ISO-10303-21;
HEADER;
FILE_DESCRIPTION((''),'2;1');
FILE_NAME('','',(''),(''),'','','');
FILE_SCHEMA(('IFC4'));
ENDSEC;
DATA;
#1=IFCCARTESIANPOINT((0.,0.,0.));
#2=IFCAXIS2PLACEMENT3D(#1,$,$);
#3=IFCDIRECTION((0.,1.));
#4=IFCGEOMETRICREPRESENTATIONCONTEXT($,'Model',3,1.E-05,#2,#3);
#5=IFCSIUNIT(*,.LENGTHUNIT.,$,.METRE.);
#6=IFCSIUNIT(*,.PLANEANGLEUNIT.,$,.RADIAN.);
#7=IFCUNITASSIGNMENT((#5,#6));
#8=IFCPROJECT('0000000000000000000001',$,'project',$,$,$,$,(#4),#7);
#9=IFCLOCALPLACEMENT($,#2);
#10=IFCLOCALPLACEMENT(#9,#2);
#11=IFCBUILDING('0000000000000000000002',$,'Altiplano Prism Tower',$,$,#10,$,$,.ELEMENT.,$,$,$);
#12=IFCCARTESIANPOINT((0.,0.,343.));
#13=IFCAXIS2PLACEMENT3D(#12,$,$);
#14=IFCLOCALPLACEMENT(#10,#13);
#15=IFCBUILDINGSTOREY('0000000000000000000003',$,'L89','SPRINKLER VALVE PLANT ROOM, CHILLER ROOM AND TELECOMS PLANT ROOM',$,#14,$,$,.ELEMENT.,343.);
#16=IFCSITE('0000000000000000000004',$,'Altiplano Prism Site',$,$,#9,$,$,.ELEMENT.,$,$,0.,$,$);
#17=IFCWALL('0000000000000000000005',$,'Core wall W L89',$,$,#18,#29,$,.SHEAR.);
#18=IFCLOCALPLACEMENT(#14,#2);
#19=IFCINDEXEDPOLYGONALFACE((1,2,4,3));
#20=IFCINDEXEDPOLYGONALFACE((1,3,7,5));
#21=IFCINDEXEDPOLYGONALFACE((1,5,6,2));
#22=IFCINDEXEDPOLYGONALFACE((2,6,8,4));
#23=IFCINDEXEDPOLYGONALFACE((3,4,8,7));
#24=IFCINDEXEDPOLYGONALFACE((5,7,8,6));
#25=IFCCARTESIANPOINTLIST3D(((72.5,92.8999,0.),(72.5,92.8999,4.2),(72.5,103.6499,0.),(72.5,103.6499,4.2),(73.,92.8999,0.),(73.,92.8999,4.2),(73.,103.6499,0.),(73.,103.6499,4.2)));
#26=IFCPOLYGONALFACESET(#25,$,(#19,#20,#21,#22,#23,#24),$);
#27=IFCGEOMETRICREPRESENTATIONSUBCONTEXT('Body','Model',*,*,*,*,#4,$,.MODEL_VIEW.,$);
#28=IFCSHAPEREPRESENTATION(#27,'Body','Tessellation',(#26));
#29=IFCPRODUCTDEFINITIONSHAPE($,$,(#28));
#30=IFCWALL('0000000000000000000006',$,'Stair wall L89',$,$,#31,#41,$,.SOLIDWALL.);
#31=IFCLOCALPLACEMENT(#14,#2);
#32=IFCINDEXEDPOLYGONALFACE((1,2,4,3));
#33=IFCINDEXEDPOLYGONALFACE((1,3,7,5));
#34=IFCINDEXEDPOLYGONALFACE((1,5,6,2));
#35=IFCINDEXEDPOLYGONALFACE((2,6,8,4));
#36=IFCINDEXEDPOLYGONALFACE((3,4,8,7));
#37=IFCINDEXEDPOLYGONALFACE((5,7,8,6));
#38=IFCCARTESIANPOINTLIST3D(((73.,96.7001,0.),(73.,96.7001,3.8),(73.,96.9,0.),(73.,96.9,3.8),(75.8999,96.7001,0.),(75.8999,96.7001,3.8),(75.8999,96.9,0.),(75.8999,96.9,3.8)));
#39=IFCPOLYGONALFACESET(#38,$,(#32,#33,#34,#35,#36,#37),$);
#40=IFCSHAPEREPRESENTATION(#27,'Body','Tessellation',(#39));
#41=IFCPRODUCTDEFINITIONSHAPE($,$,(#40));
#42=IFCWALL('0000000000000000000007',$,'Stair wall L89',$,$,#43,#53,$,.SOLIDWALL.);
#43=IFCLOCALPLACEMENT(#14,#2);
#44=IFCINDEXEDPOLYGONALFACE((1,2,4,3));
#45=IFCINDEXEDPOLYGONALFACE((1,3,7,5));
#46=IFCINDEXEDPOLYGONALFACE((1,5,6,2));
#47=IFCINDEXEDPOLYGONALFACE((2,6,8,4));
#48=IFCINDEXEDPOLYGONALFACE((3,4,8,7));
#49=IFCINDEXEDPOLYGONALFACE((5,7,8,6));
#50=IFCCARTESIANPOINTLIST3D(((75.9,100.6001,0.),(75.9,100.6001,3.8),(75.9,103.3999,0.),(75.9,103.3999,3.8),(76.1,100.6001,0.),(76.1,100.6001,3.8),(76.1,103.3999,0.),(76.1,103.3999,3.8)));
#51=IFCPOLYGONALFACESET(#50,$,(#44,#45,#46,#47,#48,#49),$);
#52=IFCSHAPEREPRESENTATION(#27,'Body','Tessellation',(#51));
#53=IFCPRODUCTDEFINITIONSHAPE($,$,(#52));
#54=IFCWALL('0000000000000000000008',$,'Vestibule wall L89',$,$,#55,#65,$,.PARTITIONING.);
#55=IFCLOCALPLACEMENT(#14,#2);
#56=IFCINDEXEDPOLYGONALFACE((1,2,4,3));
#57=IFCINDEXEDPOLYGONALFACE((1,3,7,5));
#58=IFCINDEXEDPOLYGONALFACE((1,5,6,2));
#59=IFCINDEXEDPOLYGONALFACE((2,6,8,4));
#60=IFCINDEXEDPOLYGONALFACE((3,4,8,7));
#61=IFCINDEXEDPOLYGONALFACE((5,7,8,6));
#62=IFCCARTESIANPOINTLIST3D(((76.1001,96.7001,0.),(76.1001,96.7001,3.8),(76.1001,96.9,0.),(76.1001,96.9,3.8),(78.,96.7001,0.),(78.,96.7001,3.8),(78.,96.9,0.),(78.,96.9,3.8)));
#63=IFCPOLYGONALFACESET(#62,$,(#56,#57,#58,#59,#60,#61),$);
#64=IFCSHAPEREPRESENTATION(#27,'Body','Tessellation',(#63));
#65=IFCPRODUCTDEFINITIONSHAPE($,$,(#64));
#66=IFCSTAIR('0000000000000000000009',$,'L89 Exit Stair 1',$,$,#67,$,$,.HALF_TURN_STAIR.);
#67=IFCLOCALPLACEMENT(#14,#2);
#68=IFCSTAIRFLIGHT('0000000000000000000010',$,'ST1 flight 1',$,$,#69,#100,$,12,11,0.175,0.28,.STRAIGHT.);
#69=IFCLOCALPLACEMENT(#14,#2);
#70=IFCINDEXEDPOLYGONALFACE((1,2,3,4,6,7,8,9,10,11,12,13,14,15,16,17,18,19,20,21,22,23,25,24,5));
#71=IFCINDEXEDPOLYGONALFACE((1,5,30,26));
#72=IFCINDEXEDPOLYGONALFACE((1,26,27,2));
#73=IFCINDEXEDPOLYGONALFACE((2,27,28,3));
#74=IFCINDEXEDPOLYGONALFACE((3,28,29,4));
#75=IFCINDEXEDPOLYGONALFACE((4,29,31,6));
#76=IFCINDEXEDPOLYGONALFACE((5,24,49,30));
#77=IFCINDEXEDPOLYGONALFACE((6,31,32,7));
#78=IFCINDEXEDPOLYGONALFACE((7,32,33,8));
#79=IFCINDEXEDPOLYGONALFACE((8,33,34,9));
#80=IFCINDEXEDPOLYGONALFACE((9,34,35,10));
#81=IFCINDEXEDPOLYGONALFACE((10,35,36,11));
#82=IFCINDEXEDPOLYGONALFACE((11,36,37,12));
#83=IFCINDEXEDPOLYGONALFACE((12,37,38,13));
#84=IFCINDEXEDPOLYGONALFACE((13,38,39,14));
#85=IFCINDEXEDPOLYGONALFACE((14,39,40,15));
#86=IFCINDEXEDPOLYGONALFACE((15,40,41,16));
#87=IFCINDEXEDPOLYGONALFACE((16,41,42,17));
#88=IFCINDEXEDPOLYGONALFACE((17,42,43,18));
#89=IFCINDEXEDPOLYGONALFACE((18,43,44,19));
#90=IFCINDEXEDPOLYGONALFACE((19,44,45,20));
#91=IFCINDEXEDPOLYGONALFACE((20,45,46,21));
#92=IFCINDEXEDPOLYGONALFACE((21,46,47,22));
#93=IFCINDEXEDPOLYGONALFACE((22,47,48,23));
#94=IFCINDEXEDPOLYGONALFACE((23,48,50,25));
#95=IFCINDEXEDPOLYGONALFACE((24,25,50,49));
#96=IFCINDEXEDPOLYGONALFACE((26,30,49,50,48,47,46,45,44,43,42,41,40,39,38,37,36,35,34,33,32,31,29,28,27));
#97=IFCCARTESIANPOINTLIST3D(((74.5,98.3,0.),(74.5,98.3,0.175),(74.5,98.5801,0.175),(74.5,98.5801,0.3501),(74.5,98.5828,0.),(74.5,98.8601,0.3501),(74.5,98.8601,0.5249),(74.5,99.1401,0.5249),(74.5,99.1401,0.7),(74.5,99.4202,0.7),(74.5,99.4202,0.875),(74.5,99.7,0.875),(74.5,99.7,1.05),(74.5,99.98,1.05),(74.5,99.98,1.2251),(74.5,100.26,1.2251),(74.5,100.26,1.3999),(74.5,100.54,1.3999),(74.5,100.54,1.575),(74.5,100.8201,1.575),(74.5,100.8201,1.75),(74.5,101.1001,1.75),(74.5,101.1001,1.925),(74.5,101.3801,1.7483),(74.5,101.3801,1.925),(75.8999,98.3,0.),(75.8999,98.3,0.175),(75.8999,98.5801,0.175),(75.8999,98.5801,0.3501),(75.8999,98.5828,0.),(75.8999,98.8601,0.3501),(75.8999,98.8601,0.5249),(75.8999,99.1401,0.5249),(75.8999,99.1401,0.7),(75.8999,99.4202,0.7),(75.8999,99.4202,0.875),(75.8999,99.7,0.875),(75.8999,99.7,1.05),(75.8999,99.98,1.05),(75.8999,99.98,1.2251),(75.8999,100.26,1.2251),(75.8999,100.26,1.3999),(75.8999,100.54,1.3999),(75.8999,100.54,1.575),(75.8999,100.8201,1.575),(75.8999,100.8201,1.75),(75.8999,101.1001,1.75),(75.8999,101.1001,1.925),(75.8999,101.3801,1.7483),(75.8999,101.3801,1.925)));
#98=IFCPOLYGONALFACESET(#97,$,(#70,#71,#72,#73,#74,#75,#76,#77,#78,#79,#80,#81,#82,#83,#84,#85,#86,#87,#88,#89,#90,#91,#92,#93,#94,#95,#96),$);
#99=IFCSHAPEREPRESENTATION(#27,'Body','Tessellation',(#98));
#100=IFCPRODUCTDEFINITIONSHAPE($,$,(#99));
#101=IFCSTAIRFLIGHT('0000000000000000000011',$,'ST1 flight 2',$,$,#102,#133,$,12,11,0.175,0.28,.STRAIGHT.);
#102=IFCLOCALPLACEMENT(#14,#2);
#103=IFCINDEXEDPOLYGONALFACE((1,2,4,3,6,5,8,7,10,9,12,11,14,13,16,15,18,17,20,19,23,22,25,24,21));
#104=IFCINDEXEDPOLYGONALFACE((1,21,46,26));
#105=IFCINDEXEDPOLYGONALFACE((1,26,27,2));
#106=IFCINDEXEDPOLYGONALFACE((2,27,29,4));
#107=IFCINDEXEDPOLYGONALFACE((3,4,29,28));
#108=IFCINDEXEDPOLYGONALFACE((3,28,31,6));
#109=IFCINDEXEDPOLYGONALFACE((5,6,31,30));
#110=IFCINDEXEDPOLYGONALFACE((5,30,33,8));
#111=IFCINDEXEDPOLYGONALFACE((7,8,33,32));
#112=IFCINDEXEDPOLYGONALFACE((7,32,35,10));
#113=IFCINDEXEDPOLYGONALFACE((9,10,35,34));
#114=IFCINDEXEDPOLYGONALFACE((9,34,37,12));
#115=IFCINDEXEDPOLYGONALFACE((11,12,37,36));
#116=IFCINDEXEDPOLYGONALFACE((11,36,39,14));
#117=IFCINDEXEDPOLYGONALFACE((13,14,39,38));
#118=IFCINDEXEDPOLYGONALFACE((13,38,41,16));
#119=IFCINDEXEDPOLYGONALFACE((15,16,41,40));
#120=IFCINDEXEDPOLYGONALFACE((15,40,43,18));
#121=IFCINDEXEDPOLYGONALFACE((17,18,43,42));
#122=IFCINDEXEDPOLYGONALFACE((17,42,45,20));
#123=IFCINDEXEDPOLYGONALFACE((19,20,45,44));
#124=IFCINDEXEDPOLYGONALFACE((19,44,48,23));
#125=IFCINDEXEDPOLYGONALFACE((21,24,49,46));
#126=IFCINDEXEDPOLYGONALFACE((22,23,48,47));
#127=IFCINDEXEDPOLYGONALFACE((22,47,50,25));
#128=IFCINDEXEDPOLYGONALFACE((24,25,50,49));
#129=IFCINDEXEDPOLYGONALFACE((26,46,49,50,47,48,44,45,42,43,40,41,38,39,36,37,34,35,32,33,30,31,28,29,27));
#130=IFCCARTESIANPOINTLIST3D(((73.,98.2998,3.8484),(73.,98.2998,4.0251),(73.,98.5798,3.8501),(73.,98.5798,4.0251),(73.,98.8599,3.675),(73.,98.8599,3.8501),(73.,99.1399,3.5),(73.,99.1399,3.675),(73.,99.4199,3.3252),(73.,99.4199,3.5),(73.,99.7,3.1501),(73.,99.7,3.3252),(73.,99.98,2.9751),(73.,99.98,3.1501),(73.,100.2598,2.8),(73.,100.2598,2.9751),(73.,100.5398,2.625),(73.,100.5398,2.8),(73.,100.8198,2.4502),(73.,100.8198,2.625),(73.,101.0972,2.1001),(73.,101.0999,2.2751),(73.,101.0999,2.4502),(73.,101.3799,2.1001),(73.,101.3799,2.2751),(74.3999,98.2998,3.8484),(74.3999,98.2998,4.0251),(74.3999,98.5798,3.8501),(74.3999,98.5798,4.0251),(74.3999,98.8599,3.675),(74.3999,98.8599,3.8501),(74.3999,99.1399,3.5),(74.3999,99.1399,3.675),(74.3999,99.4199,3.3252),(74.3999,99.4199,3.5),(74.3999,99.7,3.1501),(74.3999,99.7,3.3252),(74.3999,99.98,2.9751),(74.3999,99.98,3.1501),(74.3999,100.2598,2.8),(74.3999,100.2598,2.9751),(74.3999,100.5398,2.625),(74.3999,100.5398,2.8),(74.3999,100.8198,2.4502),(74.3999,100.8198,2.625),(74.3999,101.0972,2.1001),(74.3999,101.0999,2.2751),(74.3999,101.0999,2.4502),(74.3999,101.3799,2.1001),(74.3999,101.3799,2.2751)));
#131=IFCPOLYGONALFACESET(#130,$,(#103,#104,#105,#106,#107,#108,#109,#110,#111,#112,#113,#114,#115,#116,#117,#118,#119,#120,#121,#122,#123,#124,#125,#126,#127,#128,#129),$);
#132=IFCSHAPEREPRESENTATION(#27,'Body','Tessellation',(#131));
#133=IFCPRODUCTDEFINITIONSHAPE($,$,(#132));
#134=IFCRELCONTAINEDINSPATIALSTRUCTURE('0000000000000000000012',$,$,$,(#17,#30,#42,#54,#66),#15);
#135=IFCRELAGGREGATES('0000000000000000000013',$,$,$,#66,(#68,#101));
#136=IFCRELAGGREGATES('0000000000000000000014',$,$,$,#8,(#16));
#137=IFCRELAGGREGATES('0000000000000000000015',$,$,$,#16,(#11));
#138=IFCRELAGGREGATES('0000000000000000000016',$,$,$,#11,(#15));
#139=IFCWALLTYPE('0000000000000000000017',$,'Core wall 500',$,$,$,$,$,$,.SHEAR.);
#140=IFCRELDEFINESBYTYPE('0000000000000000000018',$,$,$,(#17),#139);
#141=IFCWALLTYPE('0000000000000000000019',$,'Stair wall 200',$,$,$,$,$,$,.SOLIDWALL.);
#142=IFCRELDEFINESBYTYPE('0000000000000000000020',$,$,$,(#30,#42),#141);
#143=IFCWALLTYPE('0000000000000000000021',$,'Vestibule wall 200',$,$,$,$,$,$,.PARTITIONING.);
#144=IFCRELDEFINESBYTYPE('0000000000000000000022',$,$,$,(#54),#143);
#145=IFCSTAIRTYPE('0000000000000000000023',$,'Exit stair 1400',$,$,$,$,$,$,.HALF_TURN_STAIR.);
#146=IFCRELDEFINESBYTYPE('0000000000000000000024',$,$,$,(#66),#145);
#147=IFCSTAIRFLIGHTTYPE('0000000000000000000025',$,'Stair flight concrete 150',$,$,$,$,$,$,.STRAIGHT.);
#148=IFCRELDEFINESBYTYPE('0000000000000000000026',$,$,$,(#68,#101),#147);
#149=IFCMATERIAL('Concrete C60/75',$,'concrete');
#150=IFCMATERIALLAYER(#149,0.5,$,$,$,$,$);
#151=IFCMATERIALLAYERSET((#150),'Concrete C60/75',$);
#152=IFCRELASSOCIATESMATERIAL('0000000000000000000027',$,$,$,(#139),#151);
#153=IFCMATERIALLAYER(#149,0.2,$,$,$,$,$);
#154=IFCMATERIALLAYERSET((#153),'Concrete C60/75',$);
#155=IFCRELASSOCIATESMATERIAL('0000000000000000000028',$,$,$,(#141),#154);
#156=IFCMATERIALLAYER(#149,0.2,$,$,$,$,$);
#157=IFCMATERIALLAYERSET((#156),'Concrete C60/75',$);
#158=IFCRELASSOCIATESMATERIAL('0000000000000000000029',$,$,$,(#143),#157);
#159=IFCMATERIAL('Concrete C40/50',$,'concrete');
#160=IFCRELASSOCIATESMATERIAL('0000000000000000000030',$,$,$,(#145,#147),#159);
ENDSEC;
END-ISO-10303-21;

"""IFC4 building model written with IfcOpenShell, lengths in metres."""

from ifc_helpers import new_model, si_unit, direction, frame, frame_2d, origin, place, context, subcontext, project, spatial, polyline, rectangle, outline, extrude, material, layer, layer_set, type_object, element, aggregate, save


model = new_model("IFC4")

# Units and contexts
model_context = context("Model", 3, precision=1e-05, world=origin(), true_north=direction((0.0, 1.0)))
body_context = subcontext(model_context, "Body", "Model", "MODEL_VIEW")
ifc_project = project(units=[si_unit("LENGTHUNIT", "METRE"), si_unit("PLANEANGLEUNIT", "RADIAN")], contexts=[model_context])

# Site, building, storey
site_placement = place(None, origin())
site = spatial("IfcSite", under=ifc_project, at=site_placement, Name="Altiplano Prism Site", CompositionType="ELEMENT", RefElevation=0.0)
building_placement = place(site_placement, origin())
building = spatial("IfcBuilding", under=site, at=building_placement, Name="Altiplano Prism Tower", CompositionType="ELEMENT")
storey_placement = place(building_placement, frame((0.0, 0.0, 343.0)))
storey = spatial("IfcBuildingStorey", under=building, at=storey_placement, Name="L89", Description="SPRINKLER VALVE PLANT ROOM, CHILLER ROOM AND TELECOMS PLANT ROOM", CompositionType="ELEMENT", Elevation=343.0)

# Walls
ifc_material_1 = material(Name="Concrete C60/75", Category="concrete")
ifc_layer_1 = layer(ifc_material_1, 0.5)
ifc_layer_set_1 = layer_set([ifc_layer_1], Name="Concrete C60/75")
wall_type_1 = type_object("IfcWallType", Name="Core wall 500", PredefinedType="SHEAR", material=ifc_layer_set_1)
wall_1_placement = place(storey_placement, frame((72.75, 103.6499, 0.0), z_axis=(0.0, 0.0, 1.0), x_axis=(0.0, -1.0, 0.0)))
element("IfcWall", 1, at=wall_1_placement, inside=storey, type_object=wall_type_1, Name="Core wall W L89", PredefinedType="SHEAR", context=body_context, shape_type="SweptSolid", body=[
    extrude(rectangle(XDim=10.75, YDim=0.5, at=frame_2d((5.375, 0.0))), origin(), (0.0, 0.0, 1.0), 4.2),
])
ifc_layer_2 = layer(ifc_material_1, 0.2)
ifc_layer_set_2 = layer_set([ifc_layer_2], Name="Concrete C60/75")
wall_type_2 = type_object("IfcWallType", Name="Stair wall 200", PredefinedType="SOLIDWALL", material=ifc_layer_set_2)
wall_2_placement = place(storey_placement, frame((73.0, 96.8, 0.0), z_axis=(0.0, 0.0, 1.0), x_axis=(1.0, 0.0, 0.0)))
element("IfcWall", 2, at=wall_2_placement, inside=storey, type_object=wall_type_2, Name="Stair wall L89", PredefinedType="SOLIDWALL", context=body_context, shape_type="SweptSolid", body=[
    extrude(rectangle(XDim=2.8999, YDim=0.2, at=frame_2d((1.45, 0.0))), origin(), (0.0, 0.0, 1.0), 3.8),
])

# Walls
wall_3_placement = place(storey_placement, frame((76.0, 100.6001, 0.0), z_axis=(0.0, 0.0, 1.0), x_axis=(0.0, 1.0, 0.0)))
element("IfcWall", 3, at=wall_3_placement, inside=storey, type_object=wall_type_2, Name="Stair wall L89", PredefinedType="SOLIDWALL", context=body_context, shape_type="SweptSolid", body=[
    extrude(rectangle(XDim=2.7998, YDim=0.2, at=frame_2d((1.3999, 0.0))), origin(), (0.0, 0.0, 1.0), 3.8),
])
ifc_layer_3 = layer(ifc_material_1, 0.2)
ifc_layer_set_3 = layer_set([ifc_layer_3], Name="Concrete C60/75")
wall_type_3 = type_object("IfcWallType", Name="Vestibule wall 200", PredefinedType="PARTITIONING", material=ifc_layer_set_3)
wall_4_placement = place(storey_placement, frame((76.1001, 96.8, 0.0), z_axis=(0.0, 0.0, 1.0), x_axis=(1.0, 0.0, 0.0)))
element("IfcWall", 4, at=wall_4_placement, inside=storey, type_object=wall_type_3, Name="Vestibule wall L89", PredefinedType="PARTITIONING", context=body_context, shape_type="SweptSolid", body=[
    extrude(rectangle(XDim=1.8999, YDim=0.2, at=frame_2d((0.95, 0.0))), origin(), (0.0, 0.0, 1.0), 3.8),
])

# Stair, stair flights
ifc_material_2 = material(Name="Concrete C40/50", Category="concrete")
stair_type = type_object("IfcStairType", Name="Exit stair 1400", PredefinedType="HALF_TURN_STAIR", material=ifc_material_2)
stair_placement = place(storey_placement, origin())
stair = element("IfcStair", 5, at=stair_placement, inside=storey, type_object=stair_type, Name="L89 Exit Stair 1", PredefinedType="HALF_TURN_STAIR")
stair_flight_type = type_object("IfcStairFlightType", Name="Stair flight concrete 150", PredefinedType="STRAIGHT", material=ifc_material_2)
stair_flight_1_placement = place(storey_placement, frame((75.2, 98.3, 0.0), z_axis=(0.0, 0.0, 1.0), x_axis=(0.0, 1.0, 0.0)))
stair_flight_1 = element("IfcStairFlight", 6, at=stair_flight_1_placement, type_object=stair_flight_type, Name="ST1 flight 1", NumberOfRisers=12, NumberOfTreads=11, PredefinedType="STRAIGHT", RiserHeight=0.175, TreadLength=0.28, context=body_context, shape_type="SweptSolid", body=[
    extrude(outline(polyline([(0.0, 0.0), (0.0, 0.175), (0.28, 0.175), (0.28, 0.3501), (0.5601, 0.3501), (0.5601, 0.5249), (0.8401, 0.5249), (0.8401, 0.7), (1.1201, 0.7), (1.1201, 0.875), (1.3999, 0.875), (1.3999, 1.05), (1.6799, 1.05), (1.6799, 1.2251), (1.96, 1.2251), (1.96, 1.3999), (2.24, 1.3999), (2.24, 1.575), (2.52, 1.575), (2.52, 1.75), (2.8, 1.75), (2.8, 1.925), (3.0801, 1.925), (3.0801, 2.1001), (3.0801, 1.7483), (0.2827, 0.0), (0.0, 0.0)])), frame((0.0, 0.7, 0.0), z_axis=(0.0, -1.0, 0.0), x_axis=(1.0, 0.0, 0.0)), (0.0, 0.0, 1.0), 1.3999),
])
stair_flight_2_placement = place(storey_placement, frame((73.7, 101.3799, 2.1001), z_axis=(0.0, 0.0, 1.0), x_axis=(0.0, -1.0, 0.0)))
stair_flight_2 = element("IfcStairFlight", 7, at=stair_flight_2_placement, type_object=stair_flight_type, Name="ST1 flight 2", NumberOfRisers=12, NumberOfTreads=11, PredefinedType="STRAIGHT", RiserHeight=0.175, TreadLength=0.28, context=body_context, shape_type="SweptSolid", body=[
    extrude(outline(polyline([(0.0, 0.0), (0.0, 0.175), (0.28, 0.175), (0.28, 0.3501), (0.5601, 0.3501), (0.5601, 0.5249), (0.8401, 0.5249), (0.8401, 0.7), (1.1201, 0.7), (1.1201, 0.875), (1.3999, 0.875), (1.3999, 1.05), (1.6799, 1.05), (1.6799, 1.2251), (1.96, 1.2251), (1.96, 1.3999), (2.24, 1.3999), (2.24, 1.575), (2.52, 1.575), (2.52, 1.75), (2.8, 1.75), (2.8, 1.925), (3.0801, 1.925), (3.0801, 2.1001), (3.0801, 1.7483), (0.2827, 0.0), (0.0, 0.0)])), frame((0.0, 0.7, 0.0), z_axis=(0.0, -1.0, 0.0), x_axis=(1.0, 0.0, 0.0)), (0.0, 0.0, 1.0), 1.3999),
])
aggregate(stair, [stair_flight_1, stair_flight_2])

save(model, "model.ifc")
